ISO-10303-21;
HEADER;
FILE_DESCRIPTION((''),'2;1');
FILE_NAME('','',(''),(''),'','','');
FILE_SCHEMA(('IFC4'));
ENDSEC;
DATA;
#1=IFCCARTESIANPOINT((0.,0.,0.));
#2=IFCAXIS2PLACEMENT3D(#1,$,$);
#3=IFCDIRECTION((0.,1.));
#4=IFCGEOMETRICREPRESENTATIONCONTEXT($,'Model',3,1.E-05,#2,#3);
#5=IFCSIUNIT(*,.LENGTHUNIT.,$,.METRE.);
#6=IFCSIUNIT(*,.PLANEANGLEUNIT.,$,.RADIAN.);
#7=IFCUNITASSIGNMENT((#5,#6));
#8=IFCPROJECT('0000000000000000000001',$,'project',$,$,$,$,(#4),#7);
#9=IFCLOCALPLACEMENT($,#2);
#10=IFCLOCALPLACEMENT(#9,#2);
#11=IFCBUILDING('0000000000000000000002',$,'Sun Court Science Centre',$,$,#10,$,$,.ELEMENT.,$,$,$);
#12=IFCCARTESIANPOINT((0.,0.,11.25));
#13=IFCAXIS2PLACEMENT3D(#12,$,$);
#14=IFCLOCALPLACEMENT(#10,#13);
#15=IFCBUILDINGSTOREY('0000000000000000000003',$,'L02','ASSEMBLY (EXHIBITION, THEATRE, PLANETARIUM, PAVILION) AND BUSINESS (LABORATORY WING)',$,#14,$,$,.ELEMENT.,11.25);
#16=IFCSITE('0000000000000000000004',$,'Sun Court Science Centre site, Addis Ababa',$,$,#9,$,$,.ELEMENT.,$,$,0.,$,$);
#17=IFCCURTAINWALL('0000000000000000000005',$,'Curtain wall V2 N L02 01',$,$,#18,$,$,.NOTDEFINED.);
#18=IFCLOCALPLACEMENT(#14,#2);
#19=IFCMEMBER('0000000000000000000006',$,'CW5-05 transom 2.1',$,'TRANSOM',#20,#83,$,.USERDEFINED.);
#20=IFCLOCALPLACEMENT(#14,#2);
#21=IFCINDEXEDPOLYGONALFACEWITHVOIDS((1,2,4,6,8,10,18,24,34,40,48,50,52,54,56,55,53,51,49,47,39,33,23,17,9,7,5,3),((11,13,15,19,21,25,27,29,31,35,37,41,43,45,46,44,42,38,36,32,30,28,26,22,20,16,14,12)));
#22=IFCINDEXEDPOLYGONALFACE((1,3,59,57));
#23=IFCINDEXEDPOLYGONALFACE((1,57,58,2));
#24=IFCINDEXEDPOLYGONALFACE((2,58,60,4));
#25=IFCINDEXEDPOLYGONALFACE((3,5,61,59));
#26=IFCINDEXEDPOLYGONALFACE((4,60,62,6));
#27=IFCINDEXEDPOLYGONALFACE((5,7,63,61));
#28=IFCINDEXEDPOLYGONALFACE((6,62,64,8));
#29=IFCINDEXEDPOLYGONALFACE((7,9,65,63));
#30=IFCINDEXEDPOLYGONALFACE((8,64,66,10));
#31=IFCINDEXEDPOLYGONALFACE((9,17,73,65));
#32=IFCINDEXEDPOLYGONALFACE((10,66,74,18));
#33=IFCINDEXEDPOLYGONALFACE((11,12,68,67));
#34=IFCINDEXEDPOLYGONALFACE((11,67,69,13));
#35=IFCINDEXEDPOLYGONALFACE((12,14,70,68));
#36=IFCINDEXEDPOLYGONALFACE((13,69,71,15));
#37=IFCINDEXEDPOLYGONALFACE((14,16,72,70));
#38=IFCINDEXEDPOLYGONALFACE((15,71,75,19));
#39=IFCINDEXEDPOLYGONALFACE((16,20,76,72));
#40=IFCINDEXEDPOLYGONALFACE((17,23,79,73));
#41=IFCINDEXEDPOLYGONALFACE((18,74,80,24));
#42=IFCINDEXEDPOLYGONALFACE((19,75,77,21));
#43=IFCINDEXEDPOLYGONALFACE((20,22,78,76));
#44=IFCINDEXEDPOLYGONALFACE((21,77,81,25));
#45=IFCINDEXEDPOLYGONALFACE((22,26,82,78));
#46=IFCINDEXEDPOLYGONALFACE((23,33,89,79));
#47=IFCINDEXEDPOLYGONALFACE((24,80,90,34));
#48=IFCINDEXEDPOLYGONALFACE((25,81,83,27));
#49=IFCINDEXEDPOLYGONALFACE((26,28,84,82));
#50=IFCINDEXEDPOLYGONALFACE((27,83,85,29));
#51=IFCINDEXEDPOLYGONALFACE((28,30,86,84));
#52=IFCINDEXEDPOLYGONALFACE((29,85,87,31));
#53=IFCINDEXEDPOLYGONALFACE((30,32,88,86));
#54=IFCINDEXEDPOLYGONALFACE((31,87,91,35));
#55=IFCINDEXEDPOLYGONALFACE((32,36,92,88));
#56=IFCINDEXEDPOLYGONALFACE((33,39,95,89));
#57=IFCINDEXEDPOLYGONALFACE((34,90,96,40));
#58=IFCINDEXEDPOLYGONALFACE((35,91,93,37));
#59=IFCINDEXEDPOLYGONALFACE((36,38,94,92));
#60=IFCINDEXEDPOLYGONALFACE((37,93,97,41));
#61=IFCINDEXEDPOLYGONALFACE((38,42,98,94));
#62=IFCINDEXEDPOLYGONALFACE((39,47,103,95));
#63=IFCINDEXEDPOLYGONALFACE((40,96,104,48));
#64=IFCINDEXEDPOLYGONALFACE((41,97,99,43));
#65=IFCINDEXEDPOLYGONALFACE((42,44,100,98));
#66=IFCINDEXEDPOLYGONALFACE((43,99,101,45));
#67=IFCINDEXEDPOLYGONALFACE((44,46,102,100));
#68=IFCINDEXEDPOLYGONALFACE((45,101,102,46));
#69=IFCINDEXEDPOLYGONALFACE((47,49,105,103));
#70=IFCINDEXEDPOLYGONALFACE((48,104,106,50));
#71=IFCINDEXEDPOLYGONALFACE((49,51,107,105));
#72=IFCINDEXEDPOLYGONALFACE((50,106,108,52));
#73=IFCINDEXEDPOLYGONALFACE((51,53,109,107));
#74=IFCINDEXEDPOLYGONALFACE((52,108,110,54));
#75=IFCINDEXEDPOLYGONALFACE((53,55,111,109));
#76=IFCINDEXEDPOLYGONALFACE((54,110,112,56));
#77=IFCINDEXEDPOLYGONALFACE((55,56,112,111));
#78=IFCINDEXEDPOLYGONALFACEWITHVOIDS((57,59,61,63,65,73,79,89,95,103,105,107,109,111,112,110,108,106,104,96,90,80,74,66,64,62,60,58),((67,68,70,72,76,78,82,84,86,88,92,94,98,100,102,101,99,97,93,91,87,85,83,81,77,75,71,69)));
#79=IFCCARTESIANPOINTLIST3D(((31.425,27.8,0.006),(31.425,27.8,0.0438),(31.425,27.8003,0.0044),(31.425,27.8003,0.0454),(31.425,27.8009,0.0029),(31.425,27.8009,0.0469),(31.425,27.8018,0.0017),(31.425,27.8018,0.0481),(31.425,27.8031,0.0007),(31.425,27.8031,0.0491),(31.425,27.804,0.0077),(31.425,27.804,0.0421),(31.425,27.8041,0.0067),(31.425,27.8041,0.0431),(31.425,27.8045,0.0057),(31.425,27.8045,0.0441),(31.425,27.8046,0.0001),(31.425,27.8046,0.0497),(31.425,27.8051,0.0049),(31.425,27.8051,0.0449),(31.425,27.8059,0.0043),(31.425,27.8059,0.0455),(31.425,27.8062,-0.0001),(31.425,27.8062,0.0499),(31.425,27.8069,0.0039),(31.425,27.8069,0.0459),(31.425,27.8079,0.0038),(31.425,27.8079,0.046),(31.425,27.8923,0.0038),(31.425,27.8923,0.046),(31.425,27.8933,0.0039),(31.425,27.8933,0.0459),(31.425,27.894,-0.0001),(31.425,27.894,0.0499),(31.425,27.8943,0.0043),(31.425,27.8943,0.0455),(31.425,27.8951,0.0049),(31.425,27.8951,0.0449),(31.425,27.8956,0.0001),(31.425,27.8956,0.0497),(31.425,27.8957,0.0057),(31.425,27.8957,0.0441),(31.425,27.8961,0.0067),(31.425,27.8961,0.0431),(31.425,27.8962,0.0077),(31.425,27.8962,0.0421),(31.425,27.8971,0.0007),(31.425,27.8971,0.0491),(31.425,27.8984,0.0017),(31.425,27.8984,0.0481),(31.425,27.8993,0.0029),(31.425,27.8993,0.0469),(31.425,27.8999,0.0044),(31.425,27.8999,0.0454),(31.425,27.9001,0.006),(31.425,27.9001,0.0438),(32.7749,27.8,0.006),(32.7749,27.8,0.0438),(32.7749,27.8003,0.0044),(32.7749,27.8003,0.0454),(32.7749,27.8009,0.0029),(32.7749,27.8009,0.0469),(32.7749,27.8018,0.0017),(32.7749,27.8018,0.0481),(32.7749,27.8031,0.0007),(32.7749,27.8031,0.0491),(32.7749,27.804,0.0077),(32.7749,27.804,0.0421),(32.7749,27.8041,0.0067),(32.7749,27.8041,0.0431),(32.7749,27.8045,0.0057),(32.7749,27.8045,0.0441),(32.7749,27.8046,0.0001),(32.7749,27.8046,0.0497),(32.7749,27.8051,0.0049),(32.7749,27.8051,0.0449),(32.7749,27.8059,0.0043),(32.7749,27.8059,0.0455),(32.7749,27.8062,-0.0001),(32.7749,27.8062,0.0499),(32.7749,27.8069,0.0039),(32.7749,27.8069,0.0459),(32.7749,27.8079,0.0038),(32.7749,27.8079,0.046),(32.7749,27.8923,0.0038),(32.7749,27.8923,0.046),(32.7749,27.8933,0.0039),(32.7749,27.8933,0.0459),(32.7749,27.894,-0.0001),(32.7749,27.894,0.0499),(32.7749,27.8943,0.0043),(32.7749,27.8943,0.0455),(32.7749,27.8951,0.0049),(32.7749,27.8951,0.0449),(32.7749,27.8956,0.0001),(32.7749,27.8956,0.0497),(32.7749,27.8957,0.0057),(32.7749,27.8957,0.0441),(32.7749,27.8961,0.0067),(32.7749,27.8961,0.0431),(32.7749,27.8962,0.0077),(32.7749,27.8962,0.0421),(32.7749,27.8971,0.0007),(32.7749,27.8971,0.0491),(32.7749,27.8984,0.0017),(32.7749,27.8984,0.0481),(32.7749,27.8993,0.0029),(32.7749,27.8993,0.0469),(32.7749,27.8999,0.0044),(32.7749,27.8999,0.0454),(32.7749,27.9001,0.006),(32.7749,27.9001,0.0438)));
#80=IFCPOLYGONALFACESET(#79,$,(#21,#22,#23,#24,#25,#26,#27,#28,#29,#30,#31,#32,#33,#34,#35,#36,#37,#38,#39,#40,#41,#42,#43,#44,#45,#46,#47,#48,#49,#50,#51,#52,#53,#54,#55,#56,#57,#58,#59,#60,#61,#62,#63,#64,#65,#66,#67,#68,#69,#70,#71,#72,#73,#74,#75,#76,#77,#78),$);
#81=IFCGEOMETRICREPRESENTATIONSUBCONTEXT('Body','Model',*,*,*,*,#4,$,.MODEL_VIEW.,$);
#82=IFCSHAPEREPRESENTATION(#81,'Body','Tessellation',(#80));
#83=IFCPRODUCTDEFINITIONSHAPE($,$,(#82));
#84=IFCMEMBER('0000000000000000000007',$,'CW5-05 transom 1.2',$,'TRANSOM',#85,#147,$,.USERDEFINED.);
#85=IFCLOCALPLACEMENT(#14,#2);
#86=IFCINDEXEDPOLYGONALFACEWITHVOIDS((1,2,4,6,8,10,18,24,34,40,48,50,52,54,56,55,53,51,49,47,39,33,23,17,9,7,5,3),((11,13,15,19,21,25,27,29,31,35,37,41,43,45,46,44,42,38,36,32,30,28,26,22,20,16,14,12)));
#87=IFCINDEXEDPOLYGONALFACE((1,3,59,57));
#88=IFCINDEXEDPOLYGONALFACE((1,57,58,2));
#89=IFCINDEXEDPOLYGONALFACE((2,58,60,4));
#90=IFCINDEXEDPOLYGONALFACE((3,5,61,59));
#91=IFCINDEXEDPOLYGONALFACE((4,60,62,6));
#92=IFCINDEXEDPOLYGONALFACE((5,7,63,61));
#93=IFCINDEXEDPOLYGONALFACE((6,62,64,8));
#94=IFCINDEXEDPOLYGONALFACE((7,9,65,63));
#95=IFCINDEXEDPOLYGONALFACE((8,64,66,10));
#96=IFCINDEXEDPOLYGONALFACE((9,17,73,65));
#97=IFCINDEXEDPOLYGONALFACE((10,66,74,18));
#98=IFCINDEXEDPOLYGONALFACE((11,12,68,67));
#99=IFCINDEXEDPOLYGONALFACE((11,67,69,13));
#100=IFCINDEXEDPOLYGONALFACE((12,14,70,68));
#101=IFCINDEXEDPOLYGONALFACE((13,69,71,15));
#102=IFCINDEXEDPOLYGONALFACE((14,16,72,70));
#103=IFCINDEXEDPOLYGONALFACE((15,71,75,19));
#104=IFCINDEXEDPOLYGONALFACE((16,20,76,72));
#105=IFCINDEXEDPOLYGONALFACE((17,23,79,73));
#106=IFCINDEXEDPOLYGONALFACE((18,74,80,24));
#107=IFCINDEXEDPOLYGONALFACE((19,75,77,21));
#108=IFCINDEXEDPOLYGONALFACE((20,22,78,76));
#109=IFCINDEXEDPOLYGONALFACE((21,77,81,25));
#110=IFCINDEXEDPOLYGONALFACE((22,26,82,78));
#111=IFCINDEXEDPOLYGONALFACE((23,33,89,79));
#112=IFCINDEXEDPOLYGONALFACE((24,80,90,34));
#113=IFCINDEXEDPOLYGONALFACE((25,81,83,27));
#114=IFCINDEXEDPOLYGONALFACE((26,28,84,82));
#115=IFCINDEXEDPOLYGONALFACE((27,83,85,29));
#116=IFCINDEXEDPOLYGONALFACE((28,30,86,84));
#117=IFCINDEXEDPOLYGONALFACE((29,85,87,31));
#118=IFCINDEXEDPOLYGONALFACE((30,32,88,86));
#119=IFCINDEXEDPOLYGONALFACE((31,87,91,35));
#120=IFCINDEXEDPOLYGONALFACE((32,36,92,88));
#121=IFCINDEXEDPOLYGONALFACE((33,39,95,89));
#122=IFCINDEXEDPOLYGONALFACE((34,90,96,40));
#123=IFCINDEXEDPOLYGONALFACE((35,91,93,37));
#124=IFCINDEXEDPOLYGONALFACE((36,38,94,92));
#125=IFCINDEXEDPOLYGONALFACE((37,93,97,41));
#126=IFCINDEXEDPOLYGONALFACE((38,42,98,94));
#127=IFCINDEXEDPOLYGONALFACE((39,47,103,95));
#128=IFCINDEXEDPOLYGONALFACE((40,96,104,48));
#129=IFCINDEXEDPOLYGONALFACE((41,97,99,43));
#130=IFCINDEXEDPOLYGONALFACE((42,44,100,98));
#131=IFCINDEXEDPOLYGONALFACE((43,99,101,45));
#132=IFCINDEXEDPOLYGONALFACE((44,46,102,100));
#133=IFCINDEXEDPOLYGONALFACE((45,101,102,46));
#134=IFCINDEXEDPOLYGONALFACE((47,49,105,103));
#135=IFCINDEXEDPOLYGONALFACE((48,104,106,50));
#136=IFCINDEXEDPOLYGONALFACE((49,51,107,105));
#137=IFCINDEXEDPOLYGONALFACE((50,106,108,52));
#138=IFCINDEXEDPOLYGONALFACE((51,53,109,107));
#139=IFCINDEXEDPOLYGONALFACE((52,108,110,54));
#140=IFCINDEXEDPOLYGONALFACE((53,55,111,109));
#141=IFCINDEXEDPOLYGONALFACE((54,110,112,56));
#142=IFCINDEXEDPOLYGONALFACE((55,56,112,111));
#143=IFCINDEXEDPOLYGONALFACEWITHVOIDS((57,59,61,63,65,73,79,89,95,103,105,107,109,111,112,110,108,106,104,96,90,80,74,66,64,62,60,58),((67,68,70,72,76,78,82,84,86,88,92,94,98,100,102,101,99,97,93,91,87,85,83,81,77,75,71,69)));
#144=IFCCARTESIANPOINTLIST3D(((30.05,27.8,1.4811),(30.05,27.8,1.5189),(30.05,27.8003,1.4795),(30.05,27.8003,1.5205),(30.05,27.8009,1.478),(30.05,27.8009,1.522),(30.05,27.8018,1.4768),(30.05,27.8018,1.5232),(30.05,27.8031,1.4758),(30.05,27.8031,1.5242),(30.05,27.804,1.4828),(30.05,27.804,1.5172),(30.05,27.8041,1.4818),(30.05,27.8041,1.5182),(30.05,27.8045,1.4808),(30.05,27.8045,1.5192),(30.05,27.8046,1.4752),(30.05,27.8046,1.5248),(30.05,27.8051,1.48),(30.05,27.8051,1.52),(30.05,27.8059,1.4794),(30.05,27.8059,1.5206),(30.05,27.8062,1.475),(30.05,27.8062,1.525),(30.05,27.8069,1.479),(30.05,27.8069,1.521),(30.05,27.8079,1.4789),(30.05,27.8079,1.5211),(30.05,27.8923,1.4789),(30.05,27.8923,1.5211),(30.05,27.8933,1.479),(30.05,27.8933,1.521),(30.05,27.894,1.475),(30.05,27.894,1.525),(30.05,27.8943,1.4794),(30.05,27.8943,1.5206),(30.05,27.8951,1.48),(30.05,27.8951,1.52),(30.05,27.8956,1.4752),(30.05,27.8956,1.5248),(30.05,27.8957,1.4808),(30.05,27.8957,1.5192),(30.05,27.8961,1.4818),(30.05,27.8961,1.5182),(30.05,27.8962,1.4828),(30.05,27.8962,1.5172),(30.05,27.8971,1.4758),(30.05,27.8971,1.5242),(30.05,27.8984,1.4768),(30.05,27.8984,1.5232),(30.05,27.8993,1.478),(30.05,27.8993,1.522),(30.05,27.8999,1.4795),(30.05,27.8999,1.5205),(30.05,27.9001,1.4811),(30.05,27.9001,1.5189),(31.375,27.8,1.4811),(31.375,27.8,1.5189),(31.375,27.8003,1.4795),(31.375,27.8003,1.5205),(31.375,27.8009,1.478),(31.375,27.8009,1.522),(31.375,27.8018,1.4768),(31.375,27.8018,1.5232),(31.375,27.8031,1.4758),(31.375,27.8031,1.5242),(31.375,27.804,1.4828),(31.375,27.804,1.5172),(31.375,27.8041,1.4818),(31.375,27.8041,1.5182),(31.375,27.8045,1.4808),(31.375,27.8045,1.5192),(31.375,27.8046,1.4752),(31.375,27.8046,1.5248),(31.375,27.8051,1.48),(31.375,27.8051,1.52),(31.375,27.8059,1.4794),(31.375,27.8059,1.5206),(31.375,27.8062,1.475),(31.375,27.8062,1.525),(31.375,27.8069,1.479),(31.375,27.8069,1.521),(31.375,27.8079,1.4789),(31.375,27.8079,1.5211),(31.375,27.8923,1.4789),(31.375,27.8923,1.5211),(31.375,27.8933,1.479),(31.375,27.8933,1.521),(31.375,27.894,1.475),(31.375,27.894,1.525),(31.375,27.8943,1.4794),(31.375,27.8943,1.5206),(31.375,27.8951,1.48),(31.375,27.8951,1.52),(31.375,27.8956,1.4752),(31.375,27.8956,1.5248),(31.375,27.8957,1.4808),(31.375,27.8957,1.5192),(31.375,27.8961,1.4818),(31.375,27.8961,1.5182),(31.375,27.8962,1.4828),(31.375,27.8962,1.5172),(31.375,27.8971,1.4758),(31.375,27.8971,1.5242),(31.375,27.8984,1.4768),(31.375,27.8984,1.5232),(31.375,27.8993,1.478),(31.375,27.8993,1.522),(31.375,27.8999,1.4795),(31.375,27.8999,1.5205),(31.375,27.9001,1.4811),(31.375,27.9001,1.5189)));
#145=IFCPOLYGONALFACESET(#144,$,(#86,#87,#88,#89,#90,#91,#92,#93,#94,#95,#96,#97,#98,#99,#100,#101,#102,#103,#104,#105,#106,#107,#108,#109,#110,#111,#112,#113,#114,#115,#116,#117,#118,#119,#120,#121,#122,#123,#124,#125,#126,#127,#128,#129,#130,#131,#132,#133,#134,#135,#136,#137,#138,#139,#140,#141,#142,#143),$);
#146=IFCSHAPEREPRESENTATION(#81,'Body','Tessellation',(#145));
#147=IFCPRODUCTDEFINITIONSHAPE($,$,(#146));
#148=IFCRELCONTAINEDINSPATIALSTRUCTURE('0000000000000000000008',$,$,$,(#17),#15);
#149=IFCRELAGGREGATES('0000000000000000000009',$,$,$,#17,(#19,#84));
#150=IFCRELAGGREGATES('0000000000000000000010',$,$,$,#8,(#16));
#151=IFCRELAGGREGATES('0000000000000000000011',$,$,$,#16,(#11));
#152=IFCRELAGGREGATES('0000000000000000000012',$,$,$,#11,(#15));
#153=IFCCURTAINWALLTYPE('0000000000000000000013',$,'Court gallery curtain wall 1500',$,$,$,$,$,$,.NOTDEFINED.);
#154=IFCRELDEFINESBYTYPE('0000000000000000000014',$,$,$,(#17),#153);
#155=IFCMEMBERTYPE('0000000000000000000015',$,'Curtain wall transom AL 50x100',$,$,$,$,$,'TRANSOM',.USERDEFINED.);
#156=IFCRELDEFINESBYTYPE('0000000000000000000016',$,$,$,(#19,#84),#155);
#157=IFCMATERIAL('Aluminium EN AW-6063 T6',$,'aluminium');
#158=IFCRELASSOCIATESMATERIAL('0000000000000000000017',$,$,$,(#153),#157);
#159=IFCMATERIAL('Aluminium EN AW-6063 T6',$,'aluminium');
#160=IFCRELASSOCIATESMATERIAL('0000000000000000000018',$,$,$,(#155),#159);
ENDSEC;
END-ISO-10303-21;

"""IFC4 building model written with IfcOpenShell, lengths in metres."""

from ifc_helpers import new_model, si_unit, direction, frame, origin, origin_2d, place, context, subcontext, project, spatial, hollow_rectangle, extrude, material, material_profile, profile_set, type_object, element, aggregate, save


model = new_model("IFC4")

# Units and contexts
model_context = context("Model", 3, precision=1e-05, world=origin(), true_north=direction((0.0, 1.0)))
body_context = subcontext(model_context, "Body", "Model", "MODEL_VIEW")
ifc_project = project(units=[si_unit("LENGTHUNIT", "METRE"), si_unit("PLANEANGLEUNIT", "RADIAN")], contexts=[model_context])

# Site, building, storey
site_placement = place(None, origin())
site = spatial("IfcSite", under=ifc_project, at=site_placement, Name="Sun Court Science Centre site, Addis Ababa", CompositionType="ELEMENT", RefElevation=0.0)
building_placement = place(site_placement, origin())
building = spatial("IfcBuilding", under=site, at=building_placement, Name="Sun Court Science Centre", CompositionType="ELEMENT")
storey_placement = place(building_placement, frame((0.0, 0.0, 11.25)))
storey = spatial("IfcBuildingStorey", under=building, at=storey_placement, Name="L02", Description="ASSEMBLY (EXHIBITION, THEATRE, PLANETARIUM, PAVILION) AND BUSINESS (LABORATORY WING)", CompositionType="ELEMENT", Elevation=11.25)

# Curtain wall, members
ifc_material_1 = material(Name="Aluminium EN AW-6063 T6", Category="aluminium")
curtain_wall_type = type_object("IfcCurtainWallType", Name="Court gallery curtain wall 1500", PredefinedType="NOTDEFINED", material=ifc_material_1)
curtain_wall_placement = place(storey_placement, origin())
curtain_wall = element("IfcCurtainWall", 1, at=curtain_wall_placement, inside=storey, type_object=curtain_wall_type, Name="Curtain wall V2 N L02 01", PredefinedType="NOTDEFINED")
ifc_material_2 = material(Name="Aluminium EN AW-6063 T6", Category="aluminium")
ifc_material_profile_1 = material_profile(ifc_material_2, hollow_rectangle(XDim=0.05, YDim=0.1001, WallThickness=0.0039, InnerFilletRadius=0.0039, OuterFilletRadius=0.0061, at=origin_2d()), Name="AL 50x100x4")
ifc_profile_set_1 = profile_set([ifc_material_profile_1], Name="Aluminium EN AW-6063 T6")
member_type_1 = type_object("IfcMemberType", Name="Curtain wall transom AL 50x100", ElementType="TRANSOM", PredefinedType="USERDEFINED", material=ifc_profile_set_1)
member_1_placement = place(storey_placement, frame((31.425, 27.8501, 0.0249), z_axis=(1.0, 0.0, 0.0), x_axis=(0.0, 0.0, 1.0)))
member_1 = element("IfcMember", 2, at=member_1_placement, type_object=member_type_1, Name="CW5-05 transom 2.1", ObjectType="TRANSOM", PredefinedType="USERDEFINED", context=body_context, shape_type="SweptSolid", body=[
    extrude(hollow_rectangle(XDim=0.05, YDim=0.1001, WallThickness=0.0039, InnerFilletRadius=0.0039, OuterFilletRadius=0.0061, at=origin_2d()), origin(), (0.0, 0.0, 1.0), 1.3499),
])
member_2_placement = place(storey_placement, frame((30.05, 27.8501, 1.5), z_axis=(1.0, 0.0, 0.0), x_axis=(0.0, 0.0, 1.0)))
member_2 = element("IfcMember", 3, at=member_2_placement, type_object=member_type_1, Name="CW5-05 transom 1.2", ObjectType="TRANSOM", PredefinedType="USERDEFINED", context=body_context, shape_type="SweptSolid", body=[
    extrude(hollow_rectangle(XDim=0.05, YDim=0.1001, WallThickness=0.0039, InnerFilletRadius=0.0039, OuterFilletRadius=0.0061, at=origin_2d()), origin(), (0.0, 0.0, 1.0), 1.325),
])

aggregate(curtain_wall, [member_1, member_2])

save(model, "model.ifc")
